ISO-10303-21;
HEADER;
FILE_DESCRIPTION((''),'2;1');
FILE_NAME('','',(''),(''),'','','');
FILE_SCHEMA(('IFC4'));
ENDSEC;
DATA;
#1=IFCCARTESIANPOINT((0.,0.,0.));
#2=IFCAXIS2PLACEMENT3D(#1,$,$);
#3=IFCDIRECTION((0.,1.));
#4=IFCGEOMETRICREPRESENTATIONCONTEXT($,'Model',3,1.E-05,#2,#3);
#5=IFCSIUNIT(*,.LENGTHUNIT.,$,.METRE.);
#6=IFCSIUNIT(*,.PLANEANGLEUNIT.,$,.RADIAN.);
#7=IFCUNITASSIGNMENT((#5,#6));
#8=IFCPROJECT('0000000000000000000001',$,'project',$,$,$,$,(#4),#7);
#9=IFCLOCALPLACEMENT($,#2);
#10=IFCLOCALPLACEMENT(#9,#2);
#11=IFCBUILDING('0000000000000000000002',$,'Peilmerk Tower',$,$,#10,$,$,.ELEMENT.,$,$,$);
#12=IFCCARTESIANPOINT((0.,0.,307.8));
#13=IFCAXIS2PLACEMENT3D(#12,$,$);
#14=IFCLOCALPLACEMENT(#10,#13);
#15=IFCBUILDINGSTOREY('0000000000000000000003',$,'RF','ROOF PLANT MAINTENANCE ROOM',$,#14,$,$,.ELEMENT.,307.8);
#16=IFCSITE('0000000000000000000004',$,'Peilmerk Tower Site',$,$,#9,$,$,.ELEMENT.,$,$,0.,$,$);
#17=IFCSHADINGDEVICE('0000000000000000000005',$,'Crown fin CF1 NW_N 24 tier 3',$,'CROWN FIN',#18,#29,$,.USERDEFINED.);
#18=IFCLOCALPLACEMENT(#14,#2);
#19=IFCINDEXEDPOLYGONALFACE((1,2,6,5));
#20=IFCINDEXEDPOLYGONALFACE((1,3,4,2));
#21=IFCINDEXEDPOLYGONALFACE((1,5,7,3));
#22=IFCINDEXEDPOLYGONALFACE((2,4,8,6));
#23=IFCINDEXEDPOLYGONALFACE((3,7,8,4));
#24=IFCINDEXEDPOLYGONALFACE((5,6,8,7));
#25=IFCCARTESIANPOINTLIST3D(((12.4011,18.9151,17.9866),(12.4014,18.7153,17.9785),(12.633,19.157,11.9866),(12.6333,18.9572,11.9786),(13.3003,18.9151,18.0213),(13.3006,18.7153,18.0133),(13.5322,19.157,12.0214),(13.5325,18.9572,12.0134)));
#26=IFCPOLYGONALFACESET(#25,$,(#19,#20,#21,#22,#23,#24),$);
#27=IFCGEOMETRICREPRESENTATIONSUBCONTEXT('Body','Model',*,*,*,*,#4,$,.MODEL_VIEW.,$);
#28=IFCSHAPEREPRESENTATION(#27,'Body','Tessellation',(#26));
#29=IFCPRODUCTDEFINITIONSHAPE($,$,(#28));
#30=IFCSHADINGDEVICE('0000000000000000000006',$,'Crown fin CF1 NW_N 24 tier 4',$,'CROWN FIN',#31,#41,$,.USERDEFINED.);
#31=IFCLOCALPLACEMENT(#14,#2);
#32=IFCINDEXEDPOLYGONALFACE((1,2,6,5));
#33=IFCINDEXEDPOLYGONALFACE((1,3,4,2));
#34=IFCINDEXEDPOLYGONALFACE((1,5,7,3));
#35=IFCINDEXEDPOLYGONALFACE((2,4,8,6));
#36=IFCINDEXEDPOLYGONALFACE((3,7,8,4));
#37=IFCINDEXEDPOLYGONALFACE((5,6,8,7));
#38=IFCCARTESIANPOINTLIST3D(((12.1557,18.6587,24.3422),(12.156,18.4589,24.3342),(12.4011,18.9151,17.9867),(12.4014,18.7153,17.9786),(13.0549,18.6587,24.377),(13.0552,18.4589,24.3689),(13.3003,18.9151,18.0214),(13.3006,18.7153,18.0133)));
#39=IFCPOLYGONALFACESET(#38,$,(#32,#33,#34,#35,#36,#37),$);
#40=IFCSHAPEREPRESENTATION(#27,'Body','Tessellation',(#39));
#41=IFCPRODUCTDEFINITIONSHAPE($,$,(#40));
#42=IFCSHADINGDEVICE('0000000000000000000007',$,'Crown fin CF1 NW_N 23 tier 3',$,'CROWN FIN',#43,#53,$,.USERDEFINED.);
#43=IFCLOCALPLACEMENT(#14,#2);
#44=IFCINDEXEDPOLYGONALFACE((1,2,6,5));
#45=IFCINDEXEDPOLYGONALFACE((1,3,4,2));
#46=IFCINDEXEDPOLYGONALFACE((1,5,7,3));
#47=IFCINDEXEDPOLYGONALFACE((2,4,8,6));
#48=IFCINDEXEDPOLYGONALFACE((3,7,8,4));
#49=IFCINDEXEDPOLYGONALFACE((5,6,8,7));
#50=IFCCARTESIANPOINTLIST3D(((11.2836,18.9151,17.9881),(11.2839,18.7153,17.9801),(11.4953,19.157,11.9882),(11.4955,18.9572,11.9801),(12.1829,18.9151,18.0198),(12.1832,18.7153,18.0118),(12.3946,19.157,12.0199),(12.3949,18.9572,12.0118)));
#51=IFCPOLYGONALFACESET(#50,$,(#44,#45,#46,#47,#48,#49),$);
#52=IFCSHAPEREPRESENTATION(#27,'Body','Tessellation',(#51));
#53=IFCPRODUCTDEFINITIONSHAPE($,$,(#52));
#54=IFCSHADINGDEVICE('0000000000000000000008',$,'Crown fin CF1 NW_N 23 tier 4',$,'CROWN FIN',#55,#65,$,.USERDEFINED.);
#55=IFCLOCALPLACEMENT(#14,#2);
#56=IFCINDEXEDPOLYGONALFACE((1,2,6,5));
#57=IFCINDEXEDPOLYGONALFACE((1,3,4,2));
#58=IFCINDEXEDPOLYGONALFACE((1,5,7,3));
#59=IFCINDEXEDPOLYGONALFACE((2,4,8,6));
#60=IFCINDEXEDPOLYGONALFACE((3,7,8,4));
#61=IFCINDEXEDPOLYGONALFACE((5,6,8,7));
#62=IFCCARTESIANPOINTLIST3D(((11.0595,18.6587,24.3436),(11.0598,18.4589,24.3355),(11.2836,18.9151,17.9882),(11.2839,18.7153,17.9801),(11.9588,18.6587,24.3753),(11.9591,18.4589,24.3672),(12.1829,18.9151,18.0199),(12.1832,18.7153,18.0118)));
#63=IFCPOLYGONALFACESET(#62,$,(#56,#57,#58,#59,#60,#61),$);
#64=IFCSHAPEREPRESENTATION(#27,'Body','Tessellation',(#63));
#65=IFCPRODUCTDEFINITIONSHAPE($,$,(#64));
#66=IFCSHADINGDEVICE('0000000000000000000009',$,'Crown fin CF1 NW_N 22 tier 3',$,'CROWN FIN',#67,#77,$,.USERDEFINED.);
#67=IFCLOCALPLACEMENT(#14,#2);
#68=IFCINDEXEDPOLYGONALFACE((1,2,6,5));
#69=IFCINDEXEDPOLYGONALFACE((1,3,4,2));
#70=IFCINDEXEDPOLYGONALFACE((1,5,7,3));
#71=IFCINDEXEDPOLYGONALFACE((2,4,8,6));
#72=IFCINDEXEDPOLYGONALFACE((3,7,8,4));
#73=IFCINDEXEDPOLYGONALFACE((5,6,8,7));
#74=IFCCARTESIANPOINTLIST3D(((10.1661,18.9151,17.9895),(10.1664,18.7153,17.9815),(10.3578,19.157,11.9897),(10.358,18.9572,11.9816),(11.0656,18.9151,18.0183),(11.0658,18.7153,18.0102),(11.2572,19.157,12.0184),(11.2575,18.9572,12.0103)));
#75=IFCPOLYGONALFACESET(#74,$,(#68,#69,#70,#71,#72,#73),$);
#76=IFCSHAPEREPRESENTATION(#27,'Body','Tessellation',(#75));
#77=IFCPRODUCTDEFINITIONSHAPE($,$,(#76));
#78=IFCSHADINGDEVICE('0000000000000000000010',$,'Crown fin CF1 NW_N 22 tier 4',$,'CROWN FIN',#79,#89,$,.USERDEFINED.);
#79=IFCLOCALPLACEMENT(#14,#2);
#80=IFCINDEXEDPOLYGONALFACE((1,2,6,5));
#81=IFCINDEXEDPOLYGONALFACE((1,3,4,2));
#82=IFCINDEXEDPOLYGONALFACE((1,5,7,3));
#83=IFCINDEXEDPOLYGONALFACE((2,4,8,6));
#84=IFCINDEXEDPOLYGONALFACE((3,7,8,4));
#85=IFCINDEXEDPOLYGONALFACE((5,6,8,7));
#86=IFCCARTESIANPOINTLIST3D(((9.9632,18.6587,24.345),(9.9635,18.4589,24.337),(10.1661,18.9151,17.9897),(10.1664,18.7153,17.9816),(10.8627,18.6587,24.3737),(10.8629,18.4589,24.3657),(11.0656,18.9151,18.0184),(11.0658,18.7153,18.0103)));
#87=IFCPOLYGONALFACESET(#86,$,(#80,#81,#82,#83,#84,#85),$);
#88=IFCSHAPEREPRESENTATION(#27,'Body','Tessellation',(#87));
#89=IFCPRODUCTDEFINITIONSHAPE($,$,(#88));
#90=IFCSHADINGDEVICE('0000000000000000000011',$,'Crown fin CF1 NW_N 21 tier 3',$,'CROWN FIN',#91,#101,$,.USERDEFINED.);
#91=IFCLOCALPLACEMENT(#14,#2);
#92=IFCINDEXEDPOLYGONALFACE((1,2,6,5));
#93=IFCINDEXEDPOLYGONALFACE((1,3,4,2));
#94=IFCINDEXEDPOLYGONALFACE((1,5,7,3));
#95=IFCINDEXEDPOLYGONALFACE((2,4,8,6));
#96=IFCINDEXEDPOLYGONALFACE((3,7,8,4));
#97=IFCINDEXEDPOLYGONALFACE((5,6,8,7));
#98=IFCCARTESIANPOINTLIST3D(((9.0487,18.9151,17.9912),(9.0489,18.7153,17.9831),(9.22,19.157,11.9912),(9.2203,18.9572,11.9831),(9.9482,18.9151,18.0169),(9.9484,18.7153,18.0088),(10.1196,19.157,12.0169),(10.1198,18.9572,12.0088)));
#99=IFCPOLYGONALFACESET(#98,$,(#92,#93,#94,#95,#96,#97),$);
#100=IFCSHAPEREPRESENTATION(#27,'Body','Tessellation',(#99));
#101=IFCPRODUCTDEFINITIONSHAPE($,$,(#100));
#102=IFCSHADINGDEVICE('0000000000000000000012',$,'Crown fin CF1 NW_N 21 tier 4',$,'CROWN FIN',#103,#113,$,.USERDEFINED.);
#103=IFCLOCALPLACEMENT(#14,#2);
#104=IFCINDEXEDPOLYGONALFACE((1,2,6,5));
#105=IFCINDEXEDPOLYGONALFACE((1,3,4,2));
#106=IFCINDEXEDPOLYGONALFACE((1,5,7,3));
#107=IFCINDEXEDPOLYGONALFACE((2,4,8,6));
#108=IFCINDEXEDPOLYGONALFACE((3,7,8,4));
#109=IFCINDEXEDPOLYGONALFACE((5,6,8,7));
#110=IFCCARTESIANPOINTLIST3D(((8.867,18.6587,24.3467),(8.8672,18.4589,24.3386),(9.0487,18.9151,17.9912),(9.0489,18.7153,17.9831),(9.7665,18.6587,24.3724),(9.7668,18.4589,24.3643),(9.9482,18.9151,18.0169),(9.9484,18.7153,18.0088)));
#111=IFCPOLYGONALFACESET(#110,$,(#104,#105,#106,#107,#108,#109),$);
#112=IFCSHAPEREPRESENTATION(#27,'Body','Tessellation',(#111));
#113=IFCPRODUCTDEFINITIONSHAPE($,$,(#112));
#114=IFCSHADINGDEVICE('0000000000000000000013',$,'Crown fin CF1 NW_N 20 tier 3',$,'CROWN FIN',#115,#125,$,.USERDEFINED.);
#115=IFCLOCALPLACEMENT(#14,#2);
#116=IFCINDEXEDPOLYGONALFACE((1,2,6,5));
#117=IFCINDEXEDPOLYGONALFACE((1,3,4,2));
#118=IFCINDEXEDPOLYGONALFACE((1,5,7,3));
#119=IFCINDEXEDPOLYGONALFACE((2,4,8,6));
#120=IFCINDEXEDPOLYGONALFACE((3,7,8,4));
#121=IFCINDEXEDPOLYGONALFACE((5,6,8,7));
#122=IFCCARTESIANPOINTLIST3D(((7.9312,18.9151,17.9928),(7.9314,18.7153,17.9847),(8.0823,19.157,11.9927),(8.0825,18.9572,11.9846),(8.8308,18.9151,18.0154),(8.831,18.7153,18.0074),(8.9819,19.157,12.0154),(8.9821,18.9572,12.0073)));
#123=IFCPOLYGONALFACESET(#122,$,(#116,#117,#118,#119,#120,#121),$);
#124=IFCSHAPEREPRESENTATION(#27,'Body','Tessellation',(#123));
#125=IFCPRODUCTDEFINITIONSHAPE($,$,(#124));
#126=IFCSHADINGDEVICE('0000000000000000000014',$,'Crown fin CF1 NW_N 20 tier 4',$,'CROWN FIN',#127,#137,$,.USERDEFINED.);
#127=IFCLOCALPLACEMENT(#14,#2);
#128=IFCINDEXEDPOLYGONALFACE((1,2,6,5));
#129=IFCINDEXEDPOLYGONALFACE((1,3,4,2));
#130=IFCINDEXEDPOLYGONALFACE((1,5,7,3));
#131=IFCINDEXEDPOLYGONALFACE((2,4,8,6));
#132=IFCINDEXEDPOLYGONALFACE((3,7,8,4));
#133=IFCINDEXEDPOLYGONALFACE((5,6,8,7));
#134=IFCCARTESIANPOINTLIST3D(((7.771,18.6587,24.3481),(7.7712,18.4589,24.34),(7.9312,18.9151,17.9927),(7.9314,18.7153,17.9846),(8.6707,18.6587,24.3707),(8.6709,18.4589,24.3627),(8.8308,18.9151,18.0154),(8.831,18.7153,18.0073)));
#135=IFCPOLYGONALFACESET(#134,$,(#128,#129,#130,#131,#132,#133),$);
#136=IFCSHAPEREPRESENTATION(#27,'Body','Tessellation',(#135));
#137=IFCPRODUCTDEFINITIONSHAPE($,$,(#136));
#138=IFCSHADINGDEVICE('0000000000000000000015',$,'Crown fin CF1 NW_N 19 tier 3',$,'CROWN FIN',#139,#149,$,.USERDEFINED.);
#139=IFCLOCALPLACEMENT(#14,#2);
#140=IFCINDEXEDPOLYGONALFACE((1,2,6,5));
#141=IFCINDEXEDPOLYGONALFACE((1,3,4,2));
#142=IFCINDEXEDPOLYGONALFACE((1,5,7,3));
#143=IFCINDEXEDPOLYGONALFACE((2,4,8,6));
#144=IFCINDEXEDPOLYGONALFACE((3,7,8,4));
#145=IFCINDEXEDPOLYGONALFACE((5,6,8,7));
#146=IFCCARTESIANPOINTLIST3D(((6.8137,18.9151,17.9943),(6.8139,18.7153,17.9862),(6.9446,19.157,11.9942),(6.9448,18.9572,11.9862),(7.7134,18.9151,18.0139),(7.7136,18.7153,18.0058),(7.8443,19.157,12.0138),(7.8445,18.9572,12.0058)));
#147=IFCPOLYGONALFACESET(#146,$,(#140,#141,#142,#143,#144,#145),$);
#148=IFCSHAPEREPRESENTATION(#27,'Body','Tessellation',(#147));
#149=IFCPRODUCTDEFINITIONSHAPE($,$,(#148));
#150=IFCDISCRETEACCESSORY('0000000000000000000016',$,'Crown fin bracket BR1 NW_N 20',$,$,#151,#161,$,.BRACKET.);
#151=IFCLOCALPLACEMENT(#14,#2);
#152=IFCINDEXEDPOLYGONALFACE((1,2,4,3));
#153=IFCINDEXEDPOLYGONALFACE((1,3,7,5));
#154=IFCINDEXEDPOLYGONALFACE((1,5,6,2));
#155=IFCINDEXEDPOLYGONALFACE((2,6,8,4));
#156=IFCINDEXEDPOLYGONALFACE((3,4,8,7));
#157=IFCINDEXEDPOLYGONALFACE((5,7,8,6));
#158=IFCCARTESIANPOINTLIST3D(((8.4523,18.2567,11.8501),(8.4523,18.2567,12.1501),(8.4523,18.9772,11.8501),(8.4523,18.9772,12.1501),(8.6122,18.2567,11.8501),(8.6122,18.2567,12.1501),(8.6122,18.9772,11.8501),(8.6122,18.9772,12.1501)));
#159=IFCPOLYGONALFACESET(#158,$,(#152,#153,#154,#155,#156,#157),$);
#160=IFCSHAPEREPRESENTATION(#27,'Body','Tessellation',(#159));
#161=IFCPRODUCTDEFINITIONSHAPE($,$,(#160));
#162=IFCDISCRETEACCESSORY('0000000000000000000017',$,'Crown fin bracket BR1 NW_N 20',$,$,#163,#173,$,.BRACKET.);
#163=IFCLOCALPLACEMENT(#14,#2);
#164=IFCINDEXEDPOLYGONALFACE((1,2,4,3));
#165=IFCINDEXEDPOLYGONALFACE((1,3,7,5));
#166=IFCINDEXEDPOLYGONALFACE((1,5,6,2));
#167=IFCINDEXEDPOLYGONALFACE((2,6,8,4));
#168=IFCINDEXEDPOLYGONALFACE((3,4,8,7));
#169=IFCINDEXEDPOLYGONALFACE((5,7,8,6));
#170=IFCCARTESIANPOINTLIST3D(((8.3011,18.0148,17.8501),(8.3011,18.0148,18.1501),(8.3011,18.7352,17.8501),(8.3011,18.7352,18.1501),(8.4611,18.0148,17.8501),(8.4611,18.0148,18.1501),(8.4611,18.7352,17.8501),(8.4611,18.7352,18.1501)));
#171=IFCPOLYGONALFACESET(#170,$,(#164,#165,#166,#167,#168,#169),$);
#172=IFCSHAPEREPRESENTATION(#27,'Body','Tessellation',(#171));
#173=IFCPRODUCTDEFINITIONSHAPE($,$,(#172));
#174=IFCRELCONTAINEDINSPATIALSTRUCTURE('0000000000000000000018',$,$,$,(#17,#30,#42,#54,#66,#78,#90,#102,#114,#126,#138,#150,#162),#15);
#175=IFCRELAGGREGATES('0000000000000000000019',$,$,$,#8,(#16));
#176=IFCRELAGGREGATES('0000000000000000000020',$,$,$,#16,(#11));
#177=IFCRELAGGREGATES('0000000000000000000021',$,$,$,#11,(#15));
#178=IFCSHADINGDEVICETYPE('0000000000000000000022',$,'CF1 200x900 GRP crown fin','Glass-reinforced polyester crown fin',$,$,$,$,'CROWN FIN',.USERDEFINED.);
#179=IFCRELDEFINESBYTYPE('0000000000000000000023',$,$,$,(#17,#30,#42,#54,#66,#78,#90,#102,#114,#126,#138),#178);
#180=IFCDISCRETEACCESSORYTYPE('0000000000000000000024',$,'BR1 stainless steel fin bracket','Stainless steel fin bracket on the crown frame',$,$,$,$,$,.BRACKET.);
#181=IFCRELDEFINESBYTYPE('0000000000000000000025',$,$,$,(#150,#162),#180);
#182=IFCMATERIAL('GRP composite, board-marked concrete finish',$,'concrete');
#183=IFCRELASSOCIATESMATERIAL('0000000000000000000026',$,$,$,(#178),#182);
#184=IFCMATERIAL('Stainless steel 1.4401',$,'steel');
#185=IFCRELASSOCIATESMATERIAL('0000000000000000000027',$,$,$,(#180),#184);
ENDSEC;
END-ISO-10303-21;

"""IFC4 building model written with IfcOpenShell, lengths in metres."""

from ifc_helpers import new_model, si_unit, direction, frame, origin, origin_2d, place, context, subcontext, project, spatial, rectangle, extrude, source, transform, mapped, material, material_profile, profile_set, type_object, element, save


model = new_model("IFC4")

# Units and contexts
model_context = context("Model", 3, precision=1e-05, world=origin(), true_north=direction((0.0, 1.0)))
body_context = subcontext(model_context, "Body", "Model", "MODEL_VIEW")
ifc_project = project(units=[si_unit("LENGTHUNIT", "METRE"), si_unit("PLANEANGLEUNIT", "RADIAN")], contexts=[model_context])

# Site, building, storey
site_placement = place(None, origin())
site = spatial("IfcSite", under=ifc_project, at=site_placement, Name="Peilmerk Tower Site", CompositionType="ELEMENT", RefElevation=0.0)
building_placement = place(site_placement, origin())
building = spatial("IfcBuilding", under=site, at=building_placement, Name="Peilmerk Tower", CompositionType="ELEMENT")
storey_placement = place(building_placement, frame((0.0, 0.0, 307.8)))
storey = spatial("IfcBuildingStorey", under=building, at=storey_placement, Name="RF", Description="ROOF PLANT MAINTENANCE ROOM", CompositionType="ELEMENT", Elevation=307.8)

# Shading devices
ifc_material_1 = material(Name="GRP composite, board-marked concrete finish", Category="concrete")
ifc_material_profile = material_profile(ifc_material_1, rectangle(XDim=0.2, YDim=0.8999, at=origin_2d()), Name="CF1 200x900")
ifc_profile_set = profile_set([ifc_material_profile], Name="GRP composite, board-marked concrete finish")
shading_device_type = type_object("IfcShadingDeviceType", Name="CF1 200x900 GRP crown fin", Description="Glass-reinforced polyester crown fin", ElementType="CROWN FIN", PredefinedType="USERDEFINED", material=ifc_profile_set)
shared_shape_1 = source(origin(), body_context, "Body", "SweptSolid", [
    extrude(rectangle(XDim=0.2, YDim=0.8999, at=origin_2d()), origin(), (0.0, 0.0, 1.0), 6.0093),
])
shading_device_1_placement = place(storey_placement, frame((13.0828, 19.0571, 12.0), z_axis=(-0.038595, -0.040261, 0.998444), x_axis=(-0.001555, 0.999189, 0.040231)))
element("IfcShadingDevice", 1, at=shading_device_1_placement, inside=storey, type_object=shading_device_type, Name="Crown fin CF1 NW_N 24 tier 3", ObjectType="CROWN FIN", PredefinedType="USERDEFINED", context=body_context, shape_type="MappedRepresentation", body=[
    mapped(shared_shape_1, transform((0.0, 0.0, 0.0), scale=1.0)),
])
shared_shape_2 = source(origin(), body_context, "Body", "SweptSolid", [
    extrude(rectangle(XDim=0.2, YDim=0.8999, at=origin_2d()), origin(), (0.0, 0.0, 1.0), 6.3655),
])
shading_device_2_placement = place(storey_placement, frame((12.8508, 18.8152, 18.0), z_axis=(-0.038546, -0.040272, 0.998445), x_axis=(-0.001554, 0.999189, 0.040242)))
element("IfcShadingDevice", 2, at=shading_device_2_placement, inside=storey, type_object=shading_device_type, Name="Crown fin CF1 NW_N 24 tier 4", ObjectType="CROWN FIN", PredefinedType="USERDEFINED", context=body_context, shape_type="MappedRepresentation", body=[
    mapped(shared_shape_2, transform((0.0, 0.0, 0.0), scale=1.0)),
])
shared_shape_3 = source(origin(), body_context, "Body", "SweptSolid", [
    extrude(rectangle(XDim=0.2, YDim=0.8999, at=origin_2d()), origin(), (0.0, 0.0, 1.0), 6.0085),
])
shading_device_3_placement = place(storey_placement, frame((11.9451, 19.0571, 12.0), z_axis=(-0.035228, -0.040266, 0.998568), x_axis=(-0.00142, 0.999189, 0.040241)))
element("IfcShadingDevice", 3, at=shading_device_3_placement, inside=storey, type_object=shading_device_type, Name="Crown fin CF1 NW_N 23 tier 3", ObjectType="CROWN FIN", PredefinedType="USERDEFINED", context=body_context, shape_type="MappedRepresentation", body=[
    mapped(shared_shape_3, transform((0.0, 0.0, 0.0), scale=1.0)),
])
shared_shape_4 = source(origin(), body_context, "Body", "SweptSolid", [
    extrude(rectangle(XDim=0.2, YDim=0.8999, at=origin_2d()), origin(), (0.0, 0.0, 1.0), 6.3645),
])
shading_device_4_placement = place(storey_placement, frame((11.7334, 18.8152, 18.0), z_axis=(-0.035214, -0.040277, 0.998568), x_axis=(-0.001419, 0.999189, 0.040252)))
element("IfcShadingDevice", 4, at=shading_device_4_placement, inside=storey, type_object=shading_device_type, Name="Crown fin CF1 NW_N 23 tier 4", ObjectType="CROWN FIN", PredefinedType="USERDEFINED", context=body_context, shape_type="MappedRepresentation", body=[
    mapped(shared_shape_4, transform((0.0, 0.0, 0.0), scale=1.0)),
])
shared_shape_5 = source(origin(), body_context, "Body", "SweptSolid", [
    extrude(rectangle(XDim=0.2, YDim=0.8999, at=origin_2d()), origin(), (0.0, 0.0, 1.0), 6.0078),
])
shading_device_5_placement = place(storey_placement, frame((10.8076, 19.0571, 12.0), z_axis=(-0.0319, -0.040271, 0.998679), x_axis=(-0.001286, 0.999189, 0.04025)))
element("IfcShadingDevice", 5, at=shading_device_5_placement, inside=storey, type_object=shading_device_type, Name="Crown fin CF1 NW_N 22 tier 3", ObjectType="CROWN FIN", PredefinedType="USERDEFINED", context=body_context, shape_type="MappedRepresentation", body=[
    mapped(shared_shape_5, transform((0.0, 0.0, 0.0), scale=1.0)),
])
shared_shape_6 = source(origin(), body_context, "Body", "SweptSolid", [
    extrude(rectangle(XDim=0.2, YDim=0.8999, at=origin_2d()), origin(), (0.0, 0.0, 1.0), 6.3638),
])
shading_device_6_placement = place(storey_placement, frame((10.616, 18.8152, 18.0), z_axis=(-0.03188, -0.040282, 0.99868), x_axis=(-0.001285, 0.999188, 0.040261)))
element("IfcShadingDevice", 6, at=shading_device_6_placement, inside=storey, type_object=shading_device_type, Name="Crown fin CF1 NW_N 22 tier 4", ObjectType="CROWN FIN", PredefinedType="USERDEFINED", context=body_context, shape_type="MappedRepresentation", body=[
    mapped(shared_shape_6, transform((0.0, 0.0, 0.0), scale=1.0)),
])
shared_shape_7 = source(origin(), body_context, "Body", "SweptSolid", [
    extrude(rectangle(XDim=0.2, YDim=0.8999, at=origin_2d()), origin(), (0.0, 0.0, 1.0), 6.0073),
])
shading_device_7_placement = place(storey_placement, frame((9.6699, 19.0571, 12.0), z_axis=(-0.02853, -0.040275, 0.998781), x_axis=(-0.00115, 0.999189, 0.040258)))
element("IfcShadingDevice", 7, at=shading_device_7_placement, inside=storey, type_object=shading_device_type, Name="Crown fin CF1 NW_N 21 tier 3", ObjectType="CROWN FIN", PredefinedType="USERDEFINED", context=body_context, shape_type="MappedRepresentation", body=[
    mapped(shared_shape_7, transform((0.0, 0.0, 0.0), scale=1.0)),
])
shared_shape_8 = source(origin(), body_context, "Body", "SweptSolid", [
    extrude(rectangle(XDim=0.2, YDim=0.8999, at=origin_2d()), origin(), (0.0, 0.0, 1.0), 6.3633),
])
shading_device_8_placement = place(storey_placement, frame((9.4985, 18.8152, 18.0), z_axis=(-0.028545, -0.040286, 0.99878), x_axis=(-0.001151, 0.999188, 0.040269)))
element("IfcShadingDevice", 8, at=shading_device_8_placement, inside=storey, type_object=shading_device_type, Name="Crown fin CF1 NW_N 21 tier 4", ObjectType="CROWN FIN", PredefinedType="USERDEFINED", context=body_context, shape_type="MappedRepresentation", body=[
    mapped(shared_shape_8, transform((0.0, 0.0, 0.0), scale=1.0)),
])
shared_shape_9 = source(origin(), body_context, "Body", "SweptSolid", [
    extrude(rectangle(XDim=0.2, YDim=0.8999, at=origin_2d()), origin(), (0.0, 0.0, 1.0), 6.0068),
])
shading_device_9_placement = place(storey_placement, frame((8.5322, 19.0571, 12.0), z_axis=(-0.025159, -0.040278, 0.998872), x_axis=(-0.001014, 0.999188, 0.040266)))
element("IfcShadingDevice", 9, at=shading_device_9_placement, inside=storey, type_object=shading_device_type, Name="Crown fin CF1 NW_N 20 tier 3", ObjectType="CROWN FIN", PredefinedType="USERDEFINED", context=body_context, shape_type="MappedRepresentation", body=[
    mapped(shared_shape_9, transform((0.0, 0.0, 0.0), scale=1.0)),
])
shared_shape_10 = source(origin(), body_context, "Body", "SweptSolid", [
    extrude(rectangle(XDim=0.2, YDim=0.8999, at=origin_2d()), origin(), (0.0, 0.0, 1.0), 6.3625),
])
shading_device_10_placement = place(storey_placement, frame((8.3811, 18.8152, 18.0), z_axis=(-0.025171, -0.040289, 0.998871), x_axis=(-0.001015, 0.999188, 0.040277)))
element("IfcShadingDevice", 10, at=shading_device_10_placement, inside=storey, type_object=shading_device_type, Name="Crown fin CF1 NW_N 20 tier 4", ObjectType="CROWN FIN", PredefinedType="USERDEFINED", context=body_context, shape_type="MappedRepresentation", body=[
    mapped(shared_shape_10, transform((0.0, 0.0, 0.0), scale=1.0)),
])
shared_shape_11 = source(origin(), body_context, "Body", "SweptSolid", [
    extrude(rectangle(XDim=0.2, YDim=0.8999, at=origin_2d()), origin(), (0.0, 0.0, 1.0), 6.0063),
])
shading_device_11_placement = place(storey_placement, frame((7.3945, 19.0571, 12.0), z_axis=(-0.021787, -0.040282, 0.998951), x_axis=(-0.000878, 0.999188, 0.040272)))
element("IfcShadingDevice", 11, at=shading_device_11_placement, inside=storey, type_object=shading_device_type, Name="Crown fin CF1 NW_N 19 tier 3", ObjectType="CROWN FIN", PredefinedType="USERDEFINED", context=body_context, shape_type="MappedRepresentation", body=[
    mapped(shared_shape_11, transform((0.0, 0.0, 0.0), scale=1.0)),
])

# Discrete accessories
ifc_material_2 = material(Name="Stainless steel 1.4401", Category="steel")
discrete_accessory_type = type_object("IfcDiscreteAccessoryType", Name="BR1 stainless steel fin bracket", Description="Stainless steel fin bracket on the crown frame", PredefinedType="BRACKET", material=ifc_material_2)
shared_shape_12 = source(origin(), body_context, "Body", "SweptSolid", [
    extrude(rectangle(XDim=0.7205, YDim=0.1599, at=origin_2d()), origin(), (0.0, 0.0, 1.0), 0.3),
])
for number, where, z_axis, x_axis, name in (
    (12, (8.5322, 18.6169, 11.8501), (0.0, 0.0, 1.0), (0.0, 1.0, 0.0), "Crown fin bracket BR1 NW_N 20"),
    (13, (8.3811, 18.375, 17.8501), (0.0, 0.0, 1.0), (0.0, 1.0, 0.0), "Crown fin bracket BR1 NW_N 20"),
):
    element("IfcDiscreteAccessory", number, at=place(storey_placement, frame(where, z_axis=z_axis, x_axis=x_axis)), inside=storey, type_object=discrete_accessory_type, Name=name, PredefinedType="BRACKET", context=body_context, shape_type="MappedRepresentation", body=[
        mapped(shared_shape_12, transform((0.0, 0.0, 0.0), scale=1.0)),
    ])

save(model, "model.ifc")
